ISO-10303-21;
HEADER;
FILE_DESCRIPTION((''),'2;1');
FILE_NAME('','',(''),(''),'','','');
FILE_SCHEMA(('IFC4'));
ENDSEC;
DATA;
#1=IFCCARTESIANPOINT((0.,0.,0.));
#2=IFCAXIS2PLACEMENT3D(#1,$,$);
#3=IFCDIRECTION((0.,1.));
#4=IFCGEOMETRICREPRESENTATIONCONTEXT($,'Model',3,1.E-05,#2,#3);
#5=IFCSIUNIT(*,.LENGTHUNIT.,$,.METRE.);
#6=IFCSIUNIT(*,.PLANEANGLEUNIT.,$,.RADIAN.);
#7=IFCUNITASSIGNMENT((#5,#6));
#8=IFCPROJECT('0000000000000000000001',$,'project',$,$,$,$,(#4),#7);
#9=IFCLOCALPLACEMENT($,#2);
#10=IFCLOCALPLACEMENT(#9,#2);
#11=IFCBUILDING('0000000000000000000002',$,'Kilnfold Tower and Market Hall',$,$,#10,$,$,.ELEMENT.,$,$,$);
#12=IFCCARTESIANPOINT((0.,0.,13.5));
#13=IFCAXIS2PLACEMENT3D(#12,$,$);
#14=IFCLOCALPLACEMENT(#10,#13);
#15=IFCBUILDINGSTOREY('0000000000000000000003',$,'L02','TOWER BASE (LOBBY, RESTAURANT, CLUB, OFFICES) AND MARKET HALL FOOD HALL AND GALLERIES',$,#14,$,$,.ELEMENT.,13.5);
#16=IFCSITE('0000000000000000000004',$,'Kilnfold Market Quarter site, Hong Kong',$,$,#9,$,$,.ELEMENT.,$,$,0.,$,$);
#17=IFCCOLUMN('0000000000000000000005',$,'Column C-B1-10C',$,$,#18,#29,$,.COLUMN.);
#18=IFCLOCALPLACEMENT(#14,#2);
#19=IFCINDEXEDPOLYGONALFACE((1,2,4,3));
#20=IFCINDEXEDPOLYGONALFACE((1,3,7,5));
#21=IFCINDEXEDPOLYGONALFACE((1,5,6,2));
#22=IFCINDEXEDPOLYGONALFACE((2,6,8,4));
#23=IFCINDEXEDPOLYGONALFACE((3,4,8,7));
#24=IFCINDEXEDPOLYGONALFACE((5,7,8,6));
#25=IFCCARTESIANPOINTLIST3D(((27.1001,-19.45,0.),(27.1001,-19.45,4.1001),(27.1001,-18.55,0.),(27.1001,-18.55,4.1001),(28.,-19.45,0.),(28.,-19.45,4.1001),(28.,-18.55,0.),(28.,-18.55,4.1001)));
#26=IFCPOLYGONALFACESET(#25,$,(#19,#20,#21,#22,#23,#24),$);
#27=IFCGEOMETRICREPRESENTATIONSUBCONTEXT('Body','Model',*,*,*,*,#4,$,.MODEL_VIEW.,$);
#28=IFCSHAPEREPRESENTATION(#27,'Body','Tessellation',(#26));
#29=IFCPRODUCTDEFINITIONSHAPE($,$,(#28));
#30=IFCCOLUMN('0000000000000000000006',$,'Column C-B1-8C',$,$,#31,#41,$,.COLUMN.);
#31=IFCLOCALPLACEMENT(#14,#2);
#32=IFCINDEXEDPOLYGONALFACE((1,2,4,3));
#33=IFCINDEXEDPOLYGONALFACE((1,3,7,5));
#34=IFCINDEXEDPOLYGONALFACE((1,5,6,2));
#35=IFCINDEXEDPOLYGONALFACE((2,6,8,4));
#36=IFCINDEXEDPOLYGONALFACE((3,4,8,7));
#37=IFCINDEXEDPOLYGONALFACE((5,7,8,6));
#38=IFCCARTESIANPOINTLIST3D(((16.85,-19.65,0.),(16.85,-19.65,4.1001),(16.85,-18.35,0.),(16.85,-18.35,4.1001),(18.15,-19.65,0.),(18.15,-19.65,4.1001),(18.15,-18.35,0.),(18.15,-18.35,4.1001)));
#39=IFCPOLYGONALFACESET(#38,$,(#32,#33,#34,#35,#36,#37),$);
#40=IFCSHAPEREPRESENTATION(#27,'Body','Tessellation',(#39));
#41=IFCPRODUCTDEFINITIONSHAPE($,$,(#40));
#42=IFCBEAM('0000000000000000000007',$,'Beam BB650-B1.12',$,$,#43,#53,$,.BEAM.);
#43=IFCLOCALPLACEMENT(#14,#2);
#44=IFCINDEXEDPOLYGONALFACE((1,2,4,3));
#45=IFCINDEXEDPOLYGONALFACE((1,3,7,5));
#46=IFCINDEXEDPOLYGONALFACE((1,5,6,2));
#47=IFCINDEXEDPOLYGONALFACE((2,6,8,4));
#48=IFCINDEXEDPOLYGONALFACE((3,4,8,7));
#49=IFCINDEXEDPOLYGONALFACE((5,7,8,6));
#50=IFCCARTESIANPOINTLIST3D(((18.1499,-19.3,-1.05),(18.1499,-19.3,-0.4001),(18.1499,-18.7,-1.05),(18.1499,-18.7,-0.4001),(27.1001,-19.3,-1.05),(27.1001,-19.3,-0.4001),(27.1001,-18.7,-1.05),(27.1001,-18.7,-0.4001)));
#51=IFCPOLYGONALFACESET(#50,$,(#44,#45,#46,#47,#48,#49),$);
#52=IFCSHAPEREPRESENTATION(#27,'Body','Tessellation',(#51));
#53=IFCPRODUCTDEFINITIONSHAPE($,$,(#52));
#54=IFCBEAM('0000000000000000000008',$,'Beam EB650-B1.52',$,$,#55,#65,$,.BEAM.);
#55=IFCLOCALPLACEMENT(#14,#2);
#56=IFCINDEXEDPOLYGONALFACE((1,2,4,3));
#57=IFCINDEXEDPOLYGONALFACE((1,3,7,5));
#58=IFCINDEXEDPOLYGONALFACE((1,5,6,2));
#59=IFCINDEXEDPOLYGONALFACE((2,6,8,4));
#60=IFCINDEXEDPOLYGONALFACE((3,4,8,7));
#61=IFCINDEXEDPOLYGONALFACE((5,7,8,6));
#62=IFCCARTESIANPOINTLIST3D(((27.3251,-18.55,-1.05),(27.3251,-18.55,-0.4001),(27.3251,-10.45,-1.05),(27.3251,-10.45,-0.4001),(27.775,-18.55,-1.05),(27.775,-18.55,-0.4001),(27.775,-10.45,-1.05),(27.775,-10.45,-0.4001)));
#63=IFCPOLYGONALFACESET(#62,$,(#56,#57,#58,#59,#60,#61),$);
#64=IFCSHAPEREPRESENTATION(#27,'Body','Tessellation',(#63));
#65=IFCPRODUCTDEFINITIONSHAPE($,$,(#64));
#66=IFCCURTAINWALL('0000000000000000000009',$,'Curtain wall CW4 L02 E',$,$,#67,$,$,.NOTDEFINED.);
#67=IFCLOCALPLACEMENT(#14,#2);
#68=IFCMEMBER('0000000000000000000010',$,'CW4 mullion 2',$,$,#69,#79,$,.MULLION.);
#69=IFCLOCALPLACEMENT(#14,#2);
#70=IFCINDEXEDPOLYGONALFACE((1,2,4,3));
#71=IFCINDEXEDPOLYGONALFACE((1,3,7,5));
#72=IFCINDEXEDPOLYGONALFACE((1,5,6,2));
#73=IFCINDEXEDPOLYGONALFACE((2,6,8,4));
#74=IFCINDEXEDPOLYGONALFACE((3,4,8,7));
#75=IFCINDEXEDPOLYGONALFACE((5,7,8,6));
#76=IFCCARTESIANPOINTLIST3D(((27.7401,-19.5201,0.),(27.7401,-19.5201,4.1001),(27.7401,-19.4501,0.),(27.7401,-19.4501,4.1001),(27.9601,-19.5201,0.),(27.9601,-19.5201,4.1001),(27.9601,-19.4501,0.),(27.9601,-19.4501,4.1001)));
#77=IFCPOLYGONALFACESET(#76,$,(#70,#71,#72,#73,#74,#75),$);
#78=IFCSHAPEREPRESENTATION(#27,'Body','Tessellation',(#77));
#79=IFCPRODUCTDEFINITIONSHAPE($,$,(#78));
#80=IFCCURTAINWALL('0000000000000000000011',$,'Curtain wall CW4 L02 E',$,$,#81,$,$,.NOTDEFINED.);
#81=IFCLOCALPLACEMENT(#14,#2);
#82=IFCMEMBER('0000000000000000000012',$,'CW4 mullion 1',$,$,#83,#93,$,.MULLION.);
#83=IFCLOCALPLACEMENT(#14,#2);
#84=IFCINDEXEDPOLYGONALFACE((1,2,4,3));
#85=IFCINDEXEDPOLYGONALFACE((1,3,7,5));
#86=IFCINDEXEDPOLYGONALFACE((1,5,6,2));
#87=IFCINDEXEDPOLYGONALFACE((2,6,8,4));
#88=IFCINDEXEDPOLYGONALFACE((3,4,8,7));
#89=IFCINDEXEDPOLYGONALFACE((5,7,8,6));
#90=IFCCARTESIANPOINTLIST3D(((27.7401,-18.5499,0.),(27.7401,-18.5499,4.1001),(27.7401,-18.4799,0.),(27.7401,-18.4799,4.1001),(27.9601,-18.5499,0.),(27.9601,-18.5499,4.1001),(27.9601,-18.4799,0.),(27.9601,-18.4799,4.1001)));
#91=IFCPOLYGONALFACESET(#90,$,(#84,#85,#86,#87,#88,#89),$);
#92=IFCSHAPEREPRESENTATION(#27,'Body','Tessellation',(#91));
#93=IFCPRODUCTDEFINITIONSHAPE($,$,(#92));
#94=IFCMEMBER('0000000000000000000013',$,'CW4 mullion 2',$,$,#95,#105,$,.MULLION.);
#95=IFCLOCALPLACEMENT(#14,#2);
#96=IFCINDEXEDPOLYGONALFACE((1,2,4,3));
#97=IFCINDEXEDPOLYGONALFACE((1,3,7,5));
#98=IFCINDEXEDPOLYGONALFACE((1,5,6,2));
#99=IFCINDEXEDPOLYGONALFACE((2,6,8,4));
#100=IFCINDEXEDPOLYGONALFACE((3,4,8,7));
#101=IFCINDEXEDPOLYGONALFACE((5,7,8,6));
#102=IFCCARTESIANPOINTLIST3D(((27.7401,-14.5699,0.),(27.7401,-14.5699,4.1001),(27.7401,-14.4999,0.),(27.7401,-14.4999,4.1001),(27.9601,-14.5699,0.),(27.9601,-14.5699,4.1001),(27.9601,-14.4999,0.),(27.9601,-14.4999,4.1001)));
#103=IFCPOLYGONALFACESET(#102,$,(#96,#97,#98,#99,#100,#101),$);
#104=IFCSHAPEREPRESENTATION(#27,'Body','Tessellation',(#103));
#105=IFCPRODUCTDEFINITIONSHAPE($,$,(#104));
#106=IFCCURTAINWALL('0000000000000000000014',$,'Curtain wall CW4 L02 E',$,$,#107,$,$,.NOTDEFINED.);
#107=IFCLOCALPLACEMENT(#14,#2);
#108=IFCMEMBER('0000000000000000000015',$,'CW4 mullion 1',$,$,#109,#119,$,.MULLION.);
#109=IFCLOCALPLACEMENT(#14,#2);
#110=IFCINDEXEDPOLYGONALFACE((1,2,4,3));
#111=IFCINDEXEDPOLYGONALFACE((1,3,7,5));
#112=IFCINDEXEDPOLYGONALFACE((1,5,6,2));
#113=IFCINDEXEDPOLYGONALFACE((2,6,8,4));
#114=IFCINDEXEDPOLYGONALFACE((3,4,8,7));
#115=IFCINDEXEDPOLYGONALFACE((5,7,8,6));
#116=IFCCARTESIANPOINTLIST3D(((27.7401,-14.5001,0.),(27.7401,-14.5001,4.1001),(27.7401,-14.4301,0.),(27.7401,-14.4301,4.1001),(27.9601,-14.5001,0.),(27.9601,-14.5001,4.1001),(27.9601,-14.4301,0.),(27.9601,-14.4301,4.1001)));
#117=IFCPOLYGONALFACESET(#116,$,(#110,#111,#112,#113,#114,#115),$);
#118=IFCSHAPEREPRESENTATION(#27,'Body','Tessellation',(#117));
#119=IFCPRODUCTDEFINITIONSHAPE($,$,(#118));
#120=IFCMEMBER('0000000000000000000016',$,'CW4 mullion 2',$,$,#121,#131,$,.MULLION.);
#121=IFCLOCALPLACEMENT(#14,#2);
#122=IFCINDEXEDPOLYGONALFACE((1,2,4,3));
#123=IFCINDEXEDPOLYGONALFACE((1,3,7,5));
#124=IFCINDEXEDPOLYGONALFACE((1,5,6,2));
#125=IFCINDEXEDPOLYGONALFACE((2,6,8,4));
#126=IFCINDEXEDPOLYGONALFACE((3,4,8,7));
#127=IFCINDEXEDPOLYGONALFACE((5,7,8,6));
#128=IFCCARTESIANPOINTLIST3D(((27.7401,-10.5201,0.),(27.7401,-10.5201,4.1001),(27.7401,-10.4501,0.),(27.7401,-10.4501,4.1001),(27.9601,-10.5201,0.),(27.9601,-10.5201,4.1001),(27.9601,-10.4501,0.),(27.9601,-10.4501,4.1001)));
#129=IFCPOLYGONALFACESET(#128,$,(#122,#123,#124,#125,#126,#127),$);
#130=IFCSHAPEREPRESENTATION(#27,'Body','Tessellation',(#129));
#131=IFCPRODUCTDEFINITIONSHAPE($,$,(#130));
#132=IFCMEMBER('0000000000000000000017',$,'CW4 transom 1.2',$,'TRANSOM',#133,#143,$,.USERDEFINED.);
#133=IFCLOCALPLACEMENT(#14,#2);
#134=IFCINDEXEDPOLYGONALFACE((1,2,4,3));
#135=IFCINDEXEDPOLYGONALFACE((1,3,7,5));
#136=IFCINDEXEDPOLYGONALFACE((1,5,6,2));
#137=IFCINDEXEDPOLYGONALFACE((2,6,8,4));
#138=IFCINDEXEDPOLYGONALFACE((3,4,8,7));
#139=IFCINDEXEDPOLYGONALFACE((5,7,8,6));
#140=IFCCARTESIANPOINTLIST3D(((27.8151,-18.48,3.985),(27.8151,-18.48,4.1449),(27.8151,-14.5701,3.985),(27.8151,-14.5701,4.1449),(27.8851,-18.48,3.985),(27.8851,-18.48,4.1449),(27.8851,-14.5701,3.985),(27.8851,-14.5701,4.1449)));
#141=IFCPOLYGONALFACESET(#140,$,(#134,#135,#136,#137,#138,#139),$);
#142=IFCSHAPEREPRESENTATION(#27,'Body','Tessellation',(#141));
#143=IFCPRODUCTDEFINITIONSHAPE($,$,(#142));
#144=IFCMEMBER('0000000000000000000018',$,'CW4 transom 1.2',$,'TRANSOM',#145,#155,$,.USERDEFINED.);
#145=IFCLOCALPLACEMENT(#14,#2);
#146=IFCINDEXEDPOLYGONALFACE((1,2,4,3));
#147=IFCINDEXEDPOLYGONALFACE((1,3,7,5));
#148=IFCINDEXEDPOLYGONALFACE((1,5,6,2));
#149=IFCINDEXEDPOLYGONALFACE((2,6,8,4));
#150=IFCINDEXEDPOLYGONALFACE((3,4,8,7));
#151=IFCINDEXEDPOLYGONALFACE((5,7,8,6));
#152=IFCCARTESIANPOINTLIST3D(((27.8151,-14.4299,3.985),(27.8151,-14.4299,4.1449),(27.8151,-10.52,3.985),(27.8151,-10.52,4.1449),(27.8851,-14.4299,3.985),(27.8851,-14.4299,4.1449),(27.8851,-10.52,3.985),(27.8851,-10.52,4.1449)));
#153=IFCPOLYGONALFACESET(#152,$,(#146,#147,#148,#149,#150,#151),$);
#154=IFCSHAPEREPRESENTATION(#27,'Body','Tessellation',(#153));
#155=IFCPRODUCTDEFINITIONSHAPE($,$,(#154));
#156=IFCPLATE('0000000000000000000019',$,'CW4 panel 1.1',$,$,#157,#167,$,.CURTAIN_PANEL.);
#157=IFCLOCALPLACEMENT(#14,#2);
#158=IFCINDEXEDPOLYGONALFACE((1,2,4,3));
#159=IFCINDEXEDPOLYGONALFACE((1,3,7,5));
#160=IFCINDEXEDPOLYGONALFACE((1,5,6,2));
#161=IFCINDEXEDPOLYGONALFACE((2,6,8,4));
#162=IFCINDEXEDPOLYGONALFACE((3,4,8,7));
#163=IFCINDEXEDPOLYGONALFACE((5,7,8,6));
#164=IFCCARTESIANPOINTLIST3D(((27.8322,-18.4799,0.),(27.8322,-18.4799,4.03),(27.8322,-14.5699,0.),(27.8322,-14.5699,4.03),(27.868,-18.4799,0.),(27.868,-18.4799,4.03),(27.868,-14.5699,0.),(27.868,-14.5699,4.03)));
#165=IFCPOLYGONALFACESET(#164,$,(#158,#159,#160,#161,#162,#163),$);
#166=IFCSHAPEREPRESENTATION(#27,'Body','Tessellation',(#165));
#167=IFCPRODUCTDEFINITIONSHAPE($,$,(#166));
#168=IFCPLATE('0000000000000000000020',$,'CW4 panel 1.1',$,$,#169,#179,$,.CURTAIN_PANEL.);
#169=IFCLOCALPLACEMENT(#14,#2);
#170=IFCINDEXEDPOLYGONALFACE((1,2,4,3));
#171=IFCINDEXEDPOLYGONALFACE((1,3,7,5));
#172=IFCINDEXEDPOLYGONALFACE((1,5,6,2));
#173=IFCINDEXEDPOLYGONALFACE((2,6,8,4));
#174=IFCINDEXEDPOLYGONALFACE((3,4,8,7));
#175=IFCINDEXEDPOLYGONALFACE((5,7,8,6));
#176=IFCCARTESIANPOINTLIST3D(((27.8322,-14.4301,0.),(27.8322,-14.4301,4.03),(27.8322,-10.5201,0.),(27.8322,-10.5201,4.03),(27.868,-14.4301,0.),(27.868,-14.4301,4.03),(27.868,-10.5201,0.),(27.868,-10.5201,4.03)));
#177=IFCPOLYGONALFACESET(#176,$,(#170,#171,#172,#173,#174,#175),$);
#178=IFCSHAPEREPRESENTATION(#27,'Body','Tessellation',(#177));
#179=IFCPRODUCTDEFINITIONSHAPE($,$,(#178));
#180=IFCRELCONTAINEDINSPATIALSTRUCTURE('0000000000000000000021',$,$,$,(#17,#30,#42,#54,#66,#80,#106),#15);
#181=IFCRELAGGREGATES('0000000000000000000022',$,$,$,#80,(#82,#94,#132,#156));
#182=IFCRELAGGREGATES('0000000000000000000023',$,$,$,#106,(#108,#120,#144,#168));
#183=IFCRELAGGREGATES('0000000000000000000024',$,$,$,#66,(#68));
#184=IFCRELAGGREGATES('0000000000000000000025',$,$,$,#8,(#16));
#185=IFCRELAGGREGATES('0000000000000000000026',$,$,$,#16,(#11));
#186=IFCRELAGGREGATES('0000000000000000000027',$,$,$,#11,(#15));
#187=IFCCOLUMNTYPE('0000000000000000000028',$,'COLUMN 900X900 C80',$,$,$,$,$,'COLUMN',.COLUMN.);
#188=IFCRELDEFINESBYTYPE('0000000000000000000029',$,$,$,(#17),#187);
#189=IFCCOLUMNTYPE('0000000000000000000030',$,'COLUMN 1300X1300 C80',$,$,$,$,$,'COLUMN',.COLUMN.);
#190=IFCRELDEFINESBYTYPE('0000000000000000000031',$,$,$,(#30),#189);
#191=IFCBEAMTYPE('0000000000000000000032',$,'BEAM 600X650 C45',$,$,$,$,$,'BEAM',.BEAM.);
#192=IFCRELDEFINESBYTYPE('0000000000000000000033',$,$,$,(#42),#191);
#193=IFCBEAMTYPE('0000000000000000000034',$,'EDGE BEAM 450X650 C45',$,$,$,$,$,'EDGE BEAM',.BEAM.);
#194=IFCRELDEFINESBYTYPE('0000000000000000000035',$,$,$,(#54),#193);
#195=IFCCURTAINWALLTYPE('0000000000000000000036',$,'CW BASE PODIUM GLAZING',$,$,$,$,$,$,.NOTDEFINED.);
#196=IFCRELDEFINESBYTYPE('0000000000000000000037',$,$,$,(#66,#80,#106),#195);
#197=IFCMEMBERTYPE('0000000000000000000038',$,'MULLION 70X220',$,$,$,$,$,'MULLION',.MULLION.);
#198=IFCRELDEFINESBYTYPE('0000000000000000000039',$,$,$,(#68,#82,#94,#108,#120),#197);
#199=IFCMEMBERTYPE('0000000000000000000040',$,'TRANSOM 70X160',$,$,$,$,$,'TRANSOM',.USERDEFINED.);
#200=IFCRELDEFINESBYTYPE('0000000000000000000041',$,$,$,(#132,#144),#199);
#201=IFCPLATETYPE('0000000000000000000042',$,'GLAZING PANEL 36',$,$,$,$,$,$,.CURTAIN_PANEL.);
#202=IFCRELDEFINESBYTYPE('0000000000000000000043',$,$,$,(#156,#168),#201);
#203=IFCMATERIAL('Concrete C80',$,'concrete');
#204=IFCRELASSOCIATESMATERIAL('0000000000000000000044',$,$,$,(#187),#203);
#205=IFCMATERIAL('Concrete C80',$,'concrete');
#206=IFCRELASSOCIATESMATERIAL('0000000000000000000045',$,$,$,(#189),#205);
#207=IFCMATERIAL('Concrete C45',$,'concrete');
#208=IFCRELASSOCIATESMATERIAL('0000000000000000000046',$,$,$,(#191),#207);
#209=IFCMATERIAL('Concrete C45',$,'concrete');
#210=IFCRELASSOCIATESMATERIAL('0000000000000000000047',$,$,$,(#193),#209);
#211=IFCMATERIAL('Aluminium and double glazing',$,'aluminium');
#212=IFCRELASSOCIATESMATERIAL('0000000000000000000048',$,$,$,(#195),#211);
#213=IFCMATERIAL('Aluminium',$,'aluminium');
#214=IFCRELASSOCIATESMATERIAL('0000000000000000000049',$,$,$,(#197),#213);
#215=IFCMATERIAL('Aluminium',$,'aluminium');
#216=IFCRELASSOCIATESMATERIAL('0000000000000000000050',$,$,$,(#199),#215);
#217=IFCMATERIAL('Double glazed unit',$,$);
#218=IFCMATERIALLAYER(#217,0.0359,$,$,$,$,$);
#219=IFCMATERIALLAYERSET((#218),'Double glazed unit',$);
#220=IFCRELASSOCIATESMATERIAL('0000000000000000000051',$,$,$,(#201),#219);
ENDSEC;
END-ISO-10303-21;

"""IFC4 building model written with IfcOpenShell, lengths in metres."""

from ifc_helpers import new_model, si_unit, direction, frame, origin, origin_2d, place, context, subcontext, project, spatial, rectangle, extrude, source, transform, mapped, material, layer, layer_set, material_profile, profile_set, type_object, element, aggregate, save


model = new_model("IFC4")

# Units and contexts
model_context = context("Model", 3, precision=1e-05, world=origin(), true_north=direction((0.0, 1.0)))
body_context = subcontext(model_context, "Body", "Model", "MODEL_VIEW")
ifc_project = project(units=[si_unit("LENGTHUNIT", "METRE"), si_unit("PLANEANGLEUNIT", "RADIAN")], contexts=[model_context])

# Site, building, storey
site_placement = place(None, origin())
site = spatial("IfcSite", under=ifc_project, at=site_placement, Name="Kilnfold Market Quarter site, Hong Kong", CompositionType="ELEMENT", RefElevation=0.0)
building_placement = place(site_placement, origin())
building = spatial("IfcBuilding", under=site, at=building_placement, Name="Kilnfold Tower and Market Hall", CompositionType="ELEMENT")
storey_placement = place(building_placement, frame((0.0, 0.0, 13.5)))
storey = spatial("IfcBuildingStorey", under=building, at=storey_placement, Name="L02", Description="TOWER BASE (LOBBY, RESTAURANT, CLUB, OFFICES) AND MARKET HALL FOOD HALL AND GALLERIES", CompositionType="ELEMENT", Elevation=13.5)

# Columns
ifc_material_1 = material(Name="Concrete C80", Category="concrete")
ifc_material_profile_1 = material_profile(ifc_material_1, rectangle(XDim=0.8999, YDim=0.8999, at=origin_2d()), Name="RC 900x900")
ifc_profile_set_1 = profile_set([ifc_material_profile_1], Name="Concrete C80")
column_type_1 = type_object("IfcColumnType", Name="COLUMN 900X900 C80", ElementType="COLUMN", PredefinedType="COLUMN", material=ifc_profile_set_1)
shared_shape_1 = source(origin(), body_context, "Body", "SweptSolid", [
    extrude(rectangle(XDim=0.8999, YDim=0.8999, at=origin_2d()), origin(), (0.0, 0.0, 1.0), 4.1001),
])
column_1_placement = place(storey_placement, frame((27.55, -19.0, 0.0), z_axis=(0.0, 0.0, 1.0), x_axis=(1.0, 0.0, 0.0)))
element("IfcColumn", 1, at=column_1_placement, inside=storey, type_object=column_type_1, Name="Column C-B1-10C", PredefinedType="COLUMN", context=body_context, shape_type="MappedRepresentation", body=[
    mapped(shared_shape_1, transform((0.0, 0.0, 0.0))),
])
ifc_material_2 = material(Name="Concrete C80", Category="concrete")
ifc_material_profile_2 = material_profile(ifc_material_2, rectangle(XDim=1.3, YDim=1.3, at=origin_2d()), Name="RC 1300x1300")
ifc_profile_set_2 = profile_set([ifc_material_profile_2], Name="Concrete C80")
column_type_2 = type_object("IfcColumnType", Name="COLUMN 1300X1300 C80", ElementType="COLUMN", PredefinedType="COLUMN", material=ifc_profile_set_2)
shared_shape_2 = source(origin(), body_context, "Body", "SweptSolid", [
    extrude(rectangle(XDim=1.3, YDim=1.3, at=origin_2d()), origin(), (0.0, 0.0, 1.0), 4.1001),
])
column_2_placement = place(storey_placement, frame((17.5, -19.0, 0.0), z_axis=(0.0, 0.0, 1.0), x_axis=(1.0, 0.0, 0.0)))
element("IfcColumn", 2, at=column_2_placement, inside=storey, type_object=column_type_2, Name="Column C-B1-8C", PredefinedType="COLUMN", context=body_context, shape_type="MappedRepresentation", body=[
    mapped(shared_shape_2, transform((0.0, 0.0, 0.0))),
])

# Beams
ifc_material_3 = material(Name="Concrete C45", Category="concrete")
ifc_material_profile_3 = material_profile(ifc_material_3, rectangle(XDim=0.6001, YDim=0.6499, at=origin_2d()), Name="RC 600x650")
ifc_profile_set_3 = profile_set([ifc_material_profile_3], Name="Concrete C45")
beam_type_1 = type_object("IfcBeamType", Name="BEAM 600X650 C45", ElementType="BEAM", PredefinedType="BEAM", material=ifc_profile_set_3)
shared_shape_3 = source(origin(), body_context, "Body", "SweptSolid", [
    extrude(rectangle(XDim=0.6001, YDim=0.6499, at=origin_2d()), origin(), (0.0, 0.0, 1.0), 8.9502),
])
beam_1_placement = place(storey_placement, frame((18.1499, -19.0, -0.7251), z_axis=(1.0, 0.0, 0.0), x_axis=(0.0, 1.0, 0.0)))
element("IfcBeam", 3, at=beam_1_placement, inside=storey, type_object=beam_type_1, Name="Beam BB650-B1.12", PredefinedType="BEAM", context=body_context, shape_type="MappedRepresentation", body=[
    mapped(shared_shape_3, transform((0.0, 0.0, 0.0))),
])
ifc_material_4 = material(Name="Concrete C45", Category="concrete")
ifc_material_profile_4 = material_profile(ifc_material_4, rectangle(XDim=0.45, YDim=0.6499, at=origin_2d()), Name="RC 450x650")
ifc_profile_set_4 = profile_set([ifc_material_profile_4], Name="Concrete C45")
beam_type_2 = type_object("IfcBeamType", Name="EDGE BEAM 450X650 C45", ElementType="EDGE BEAM", PredefinedType="BEAM", material=ifc_profile_set_4)
shared_shape_4 = source(origin(), body_context, "Body", "SweptSolid", [
    extrude(rectangle(XDim=0.45, YDim=0.6499, at=origin_2d()), origin(), (0.0, 0.0, 1.0), 8.1001),
])
beam_2_placement = place(storey_placement, frame((27.55, -18.55, -0.7251), z_axis=(0.0, 1.0, 0.0), x_axis=(-1.0, 0.0, 0.0)))
element("IfcBeam", 4, at=beam_2_placement, inside=storey, type_object=beam_type_2, Name="Beam EB650-B1.52", PredefinedType="BEAM", context=body_context, shape_type="MappedRepresentation", body=[
    mapped(shared_shape_4, transform((0.0, 0.0, 0.0))),
])

# Curtain wall, member
ifc_material_5 = material(Name="Aluminium and double glazing", Category="aluminium")
curtain_wall_type = type_object("IfcCurtainWallType", Name="CW BASE PODIUM GLAZING", PredefinedType="NOTDEFINED", material=ifc_material_5)
curtain_wall_1_placement = place(storey_placement, origin())
curtain_wall_1 = element("IfcCurtainWall", 5, at=curtain_wall_1_placement, inside=storey, type_object=curtain_wall_type, Name="Curtain wall CW4 L02 E", PredefinedType="NOTDEFINED")
ifc_material_6 = material(Name="Aluminium", Category="aluminium")
ifc_material_profile_5 = material_profile(ifc_material_6, rectangle(XDim=0.0701, YDim=0.22, at=origin_2d()), Name="MULLION 70x220")
ifc_profile_set_5 = profile_set([ifc_material_profile_5], Name="Aluminium")
member_type_1 = type_object("IfcMemberType", Name="MULLION 70X220", ElementType="MULLION", PredefinedType="MULLION", material=ifc_profile_set_5)
shared_shape_5 = source(origin(), body_context, "Body", "SweptSolid", [
    extrude(rectangle(XDim=0.0701, YDim=0.22, at=origin_2d()), origin(), (0.0, 0.0, 1.0), 4.1001),
])
member_1_placement = place(storey_placement, frame((27.8501, -19.4851, 0.0), z_axis=(0.0, 0.0, 1.0), x_axis=(0.0, 1.0, 0.0)))
member_1 = element("IfcMember", 6, at=member_1_placement, type_object=member_type_1, Name="CW4 mullion 2", PredefinedType="MULLION", context=body_context, shape_type="MappedRepresentation", body=[
    mapped(shared_shape_5, transform((0.0, 0.0, 0.0))),
])

# Curtain walls, members
curtain_wall_2_placement = place(storey_placement, origin())
curtain_wall_2 = element("IfcCurtainWall", 7, at=curtain_wall_2_placement, inside=storey, type_object=curtain_wall_type, Name="Curtain wall CW4 L02 E", PredefinedType="NOTDEFINED")
member_2_placement = place(storey_placement, frame((27.8501, -18.5149, 0.0), z_axis=(0.0, 0.0, 1.0), x_axis=(0.0, 1.0, 0.0)))
member_2 = element("IfcMember", 8, at=member_2_placement, type_object=member_type_1, Name="CW4 mullion 1", PredefinedType="MULLION", context=body_context, shape_type="MappedRepresentation", body=[
    mapped(shared_shape_5, transform((0.0, 0.0, 0.0))),
])
member_3_placement = place(storey_placement, frame((27.8501, -14.5349, 0.0), z_axis=(0.0, 0.0, 1.0), x_axis=(0.0, 1.0, 0.0)))
member_3 = element("IfcMember", 9, at=member_3_placement, type_object=member_type_1, Name="CW4 mullion 2", PredefinedType="MULLION", context=body_context, shape_type="MappedRepresentation", body=[
    mapped(shared_shape_5, transform((0.0, 0.0, 0.0))),
])
curtain_wall_3_placement = place(storey_placement, origin())
curtain_wall_3 = element("IfcCurtainWall", 10, at=curtain_wall_3_placement, inside=storey, type_object=curtain_wall_type, Name="Curtain wall CW4 L02 E", PredefinedType="NOTDEFINED")
member_4_placement = place(storey_placement, frame((27.8501, -14.4651, 0.0), z_axis=(0.0, 0.0, 1.0), x_axis=(0.0, 1.0, 0.0)))
member_4 = element("IfcMember", 11, at=member_4_placement, type_object=member_type_1, Name="CW4 mullion 1", PredefinedType="MULLION", context=body_context, shape_type="MappedRepresentation", body=[
    mapped(shared_shape_5, transform((0.0, 0.0, 0.0))),
])
member_5_placement = place(storey_placement, frame((27.8501, -10.4851, 0.0), z_axis=(0.0, 0.0, 1.0), x_axis=(0.0, 1.0, 0.0)))
member_5 = element("IfcMember", 12, at=member_5_placement, type_object=member_type_1, Name="CW4 mullion 2", PredefinedType="MULLION", context=body_context, shape_type="MappedRepresentation", body=[
    mapped(shared_shape_5, transform((0.0, 0.0, 0.0))),
])

# Members
ifc_material_7 = material(Name="Aluminium", Category="aluminium")
ifc_material_profile_6 = material_profile(ifc_material_7, rectangle(XDim=0.0701, YDim=0.1599, at=origin_2d()), Name="TRANSOM 70x160")
ifc_profile_set_6 = profile_set([ifc_material_profile_6], Name="Aluminium")
member_type_2 = type_object("IfcMemberType", Name="TRANSOM 70X160", ElementType="TRANSOM", PredefinedType="USERDEFINED", material=ifc_profile_set_6)
shared_shape_6 = source(origin(), body_context, "Body", "SweptSolid", [
    extrude(rectangle(XDim=0.0701, YDim=0.1599, at=origin_2d()), origin(), (0.0, 0.0, 1.0), 3.9099),
])
member_6_placement = place(storey_placement, frame((27.8501, -18.48, 4.0649), z_axis=(0.0, 1.0, 0.0), x_axis=(-1.0, 0.0, 0.0)))
member_6 = element("IfcMember", 13, at=member_6_placement, type_object=member_type_2, Name="CW4 transom 1.2", ObjectType="TRANSOM", PredefinedType="USERDEFINED", context=body_context, shape_type="MappedRepresentation", body=[
    mapped(shared_shape_6, transform((0.0, 0.0, 0.0))),
])
member_7_placement = place(storey_placement, frame((27.8501, -14.4299, 4.0649), z_axis=(0.0, 1.0, 0.0), x_axis=(-1.0, 0.0, 0.0)))
member_7 = element("IfcMember", 14, at=member_7_placement, type_object=member_type_2, Name="CW4 transom 1.2", ObjectType="TRANSOM", PredefinedType="USERDEFINED", context=body_context, shape_type="MappedRepresentation", body=[
    mapped(shared_shape_6, transform((0.0, 0.0, 0.0))),
])

# Plates
ifc_material_8 = material(Name="Double glazed unit")
ifc_layer_1 = layer(ifc_material_8, 0.0359)
ifc_layer_set_1 = layer_set([ifc_layer_1], Name="Double glazed unit")
plate_type = type_object("IfcPlateType", Name="GLAZING PANEL 36", PredefinedType="CURTAIN_PANEL", material=ifc_layer_set_1)
shared_shape_7 = source(origin(), body_context, "Body", "SweptSolid", [
    extrude(rectangle(XDim=3.9099, YDim=0.0359, at=origin_2d()), origin(), (0.0, 0.0, 1.0), 4.03),
])
plate_1_placement = place(storey_placement, frame((27.8501, -16.5249, 0.0), z_axis=(0.0, 0.0, 1.0), x_axis=(0.0, 1.0, 0.0)))
plate_1 = element("IfcPlate", 15, at=plate_1_placement, type_object=plate_type, Name="CW4 panel 1.1", PredefinedType="CURTAIN_PANEL", context=body_context, shape_type="MappedRepresentation", body=[
    mapped(shared_shape_7, transform((0.0, 0.0, 0.0))),
])
aggregate(curtain_wall_2, [member_2, member_3, member_6, plate_1])
plate_2_placement = place(storey_placement, frame((27.8501, -12.4751, 0.0), z_axis=(0.0, 0.0, 1.0), x_axis=(0.0, 1.0, 0.0)))
plate_2 = element("IfcPlate", 16, at=plate_2_placement, type_object=plate_type, Name="CW4 panel 1.1", PredefinedType="CURTAIN_PANEL", context=body_context, shape_type="MappedRepresentation", body=[
    mapped(shared_shape_7, transform((0.0, 0.0, 0.0))),
])
aggregate(curtain_wall_3, [member_4, member_5, member_7, plate_2])
aggregate(curtain_wall_1, [member_1])

save(model, "model.ifc")
